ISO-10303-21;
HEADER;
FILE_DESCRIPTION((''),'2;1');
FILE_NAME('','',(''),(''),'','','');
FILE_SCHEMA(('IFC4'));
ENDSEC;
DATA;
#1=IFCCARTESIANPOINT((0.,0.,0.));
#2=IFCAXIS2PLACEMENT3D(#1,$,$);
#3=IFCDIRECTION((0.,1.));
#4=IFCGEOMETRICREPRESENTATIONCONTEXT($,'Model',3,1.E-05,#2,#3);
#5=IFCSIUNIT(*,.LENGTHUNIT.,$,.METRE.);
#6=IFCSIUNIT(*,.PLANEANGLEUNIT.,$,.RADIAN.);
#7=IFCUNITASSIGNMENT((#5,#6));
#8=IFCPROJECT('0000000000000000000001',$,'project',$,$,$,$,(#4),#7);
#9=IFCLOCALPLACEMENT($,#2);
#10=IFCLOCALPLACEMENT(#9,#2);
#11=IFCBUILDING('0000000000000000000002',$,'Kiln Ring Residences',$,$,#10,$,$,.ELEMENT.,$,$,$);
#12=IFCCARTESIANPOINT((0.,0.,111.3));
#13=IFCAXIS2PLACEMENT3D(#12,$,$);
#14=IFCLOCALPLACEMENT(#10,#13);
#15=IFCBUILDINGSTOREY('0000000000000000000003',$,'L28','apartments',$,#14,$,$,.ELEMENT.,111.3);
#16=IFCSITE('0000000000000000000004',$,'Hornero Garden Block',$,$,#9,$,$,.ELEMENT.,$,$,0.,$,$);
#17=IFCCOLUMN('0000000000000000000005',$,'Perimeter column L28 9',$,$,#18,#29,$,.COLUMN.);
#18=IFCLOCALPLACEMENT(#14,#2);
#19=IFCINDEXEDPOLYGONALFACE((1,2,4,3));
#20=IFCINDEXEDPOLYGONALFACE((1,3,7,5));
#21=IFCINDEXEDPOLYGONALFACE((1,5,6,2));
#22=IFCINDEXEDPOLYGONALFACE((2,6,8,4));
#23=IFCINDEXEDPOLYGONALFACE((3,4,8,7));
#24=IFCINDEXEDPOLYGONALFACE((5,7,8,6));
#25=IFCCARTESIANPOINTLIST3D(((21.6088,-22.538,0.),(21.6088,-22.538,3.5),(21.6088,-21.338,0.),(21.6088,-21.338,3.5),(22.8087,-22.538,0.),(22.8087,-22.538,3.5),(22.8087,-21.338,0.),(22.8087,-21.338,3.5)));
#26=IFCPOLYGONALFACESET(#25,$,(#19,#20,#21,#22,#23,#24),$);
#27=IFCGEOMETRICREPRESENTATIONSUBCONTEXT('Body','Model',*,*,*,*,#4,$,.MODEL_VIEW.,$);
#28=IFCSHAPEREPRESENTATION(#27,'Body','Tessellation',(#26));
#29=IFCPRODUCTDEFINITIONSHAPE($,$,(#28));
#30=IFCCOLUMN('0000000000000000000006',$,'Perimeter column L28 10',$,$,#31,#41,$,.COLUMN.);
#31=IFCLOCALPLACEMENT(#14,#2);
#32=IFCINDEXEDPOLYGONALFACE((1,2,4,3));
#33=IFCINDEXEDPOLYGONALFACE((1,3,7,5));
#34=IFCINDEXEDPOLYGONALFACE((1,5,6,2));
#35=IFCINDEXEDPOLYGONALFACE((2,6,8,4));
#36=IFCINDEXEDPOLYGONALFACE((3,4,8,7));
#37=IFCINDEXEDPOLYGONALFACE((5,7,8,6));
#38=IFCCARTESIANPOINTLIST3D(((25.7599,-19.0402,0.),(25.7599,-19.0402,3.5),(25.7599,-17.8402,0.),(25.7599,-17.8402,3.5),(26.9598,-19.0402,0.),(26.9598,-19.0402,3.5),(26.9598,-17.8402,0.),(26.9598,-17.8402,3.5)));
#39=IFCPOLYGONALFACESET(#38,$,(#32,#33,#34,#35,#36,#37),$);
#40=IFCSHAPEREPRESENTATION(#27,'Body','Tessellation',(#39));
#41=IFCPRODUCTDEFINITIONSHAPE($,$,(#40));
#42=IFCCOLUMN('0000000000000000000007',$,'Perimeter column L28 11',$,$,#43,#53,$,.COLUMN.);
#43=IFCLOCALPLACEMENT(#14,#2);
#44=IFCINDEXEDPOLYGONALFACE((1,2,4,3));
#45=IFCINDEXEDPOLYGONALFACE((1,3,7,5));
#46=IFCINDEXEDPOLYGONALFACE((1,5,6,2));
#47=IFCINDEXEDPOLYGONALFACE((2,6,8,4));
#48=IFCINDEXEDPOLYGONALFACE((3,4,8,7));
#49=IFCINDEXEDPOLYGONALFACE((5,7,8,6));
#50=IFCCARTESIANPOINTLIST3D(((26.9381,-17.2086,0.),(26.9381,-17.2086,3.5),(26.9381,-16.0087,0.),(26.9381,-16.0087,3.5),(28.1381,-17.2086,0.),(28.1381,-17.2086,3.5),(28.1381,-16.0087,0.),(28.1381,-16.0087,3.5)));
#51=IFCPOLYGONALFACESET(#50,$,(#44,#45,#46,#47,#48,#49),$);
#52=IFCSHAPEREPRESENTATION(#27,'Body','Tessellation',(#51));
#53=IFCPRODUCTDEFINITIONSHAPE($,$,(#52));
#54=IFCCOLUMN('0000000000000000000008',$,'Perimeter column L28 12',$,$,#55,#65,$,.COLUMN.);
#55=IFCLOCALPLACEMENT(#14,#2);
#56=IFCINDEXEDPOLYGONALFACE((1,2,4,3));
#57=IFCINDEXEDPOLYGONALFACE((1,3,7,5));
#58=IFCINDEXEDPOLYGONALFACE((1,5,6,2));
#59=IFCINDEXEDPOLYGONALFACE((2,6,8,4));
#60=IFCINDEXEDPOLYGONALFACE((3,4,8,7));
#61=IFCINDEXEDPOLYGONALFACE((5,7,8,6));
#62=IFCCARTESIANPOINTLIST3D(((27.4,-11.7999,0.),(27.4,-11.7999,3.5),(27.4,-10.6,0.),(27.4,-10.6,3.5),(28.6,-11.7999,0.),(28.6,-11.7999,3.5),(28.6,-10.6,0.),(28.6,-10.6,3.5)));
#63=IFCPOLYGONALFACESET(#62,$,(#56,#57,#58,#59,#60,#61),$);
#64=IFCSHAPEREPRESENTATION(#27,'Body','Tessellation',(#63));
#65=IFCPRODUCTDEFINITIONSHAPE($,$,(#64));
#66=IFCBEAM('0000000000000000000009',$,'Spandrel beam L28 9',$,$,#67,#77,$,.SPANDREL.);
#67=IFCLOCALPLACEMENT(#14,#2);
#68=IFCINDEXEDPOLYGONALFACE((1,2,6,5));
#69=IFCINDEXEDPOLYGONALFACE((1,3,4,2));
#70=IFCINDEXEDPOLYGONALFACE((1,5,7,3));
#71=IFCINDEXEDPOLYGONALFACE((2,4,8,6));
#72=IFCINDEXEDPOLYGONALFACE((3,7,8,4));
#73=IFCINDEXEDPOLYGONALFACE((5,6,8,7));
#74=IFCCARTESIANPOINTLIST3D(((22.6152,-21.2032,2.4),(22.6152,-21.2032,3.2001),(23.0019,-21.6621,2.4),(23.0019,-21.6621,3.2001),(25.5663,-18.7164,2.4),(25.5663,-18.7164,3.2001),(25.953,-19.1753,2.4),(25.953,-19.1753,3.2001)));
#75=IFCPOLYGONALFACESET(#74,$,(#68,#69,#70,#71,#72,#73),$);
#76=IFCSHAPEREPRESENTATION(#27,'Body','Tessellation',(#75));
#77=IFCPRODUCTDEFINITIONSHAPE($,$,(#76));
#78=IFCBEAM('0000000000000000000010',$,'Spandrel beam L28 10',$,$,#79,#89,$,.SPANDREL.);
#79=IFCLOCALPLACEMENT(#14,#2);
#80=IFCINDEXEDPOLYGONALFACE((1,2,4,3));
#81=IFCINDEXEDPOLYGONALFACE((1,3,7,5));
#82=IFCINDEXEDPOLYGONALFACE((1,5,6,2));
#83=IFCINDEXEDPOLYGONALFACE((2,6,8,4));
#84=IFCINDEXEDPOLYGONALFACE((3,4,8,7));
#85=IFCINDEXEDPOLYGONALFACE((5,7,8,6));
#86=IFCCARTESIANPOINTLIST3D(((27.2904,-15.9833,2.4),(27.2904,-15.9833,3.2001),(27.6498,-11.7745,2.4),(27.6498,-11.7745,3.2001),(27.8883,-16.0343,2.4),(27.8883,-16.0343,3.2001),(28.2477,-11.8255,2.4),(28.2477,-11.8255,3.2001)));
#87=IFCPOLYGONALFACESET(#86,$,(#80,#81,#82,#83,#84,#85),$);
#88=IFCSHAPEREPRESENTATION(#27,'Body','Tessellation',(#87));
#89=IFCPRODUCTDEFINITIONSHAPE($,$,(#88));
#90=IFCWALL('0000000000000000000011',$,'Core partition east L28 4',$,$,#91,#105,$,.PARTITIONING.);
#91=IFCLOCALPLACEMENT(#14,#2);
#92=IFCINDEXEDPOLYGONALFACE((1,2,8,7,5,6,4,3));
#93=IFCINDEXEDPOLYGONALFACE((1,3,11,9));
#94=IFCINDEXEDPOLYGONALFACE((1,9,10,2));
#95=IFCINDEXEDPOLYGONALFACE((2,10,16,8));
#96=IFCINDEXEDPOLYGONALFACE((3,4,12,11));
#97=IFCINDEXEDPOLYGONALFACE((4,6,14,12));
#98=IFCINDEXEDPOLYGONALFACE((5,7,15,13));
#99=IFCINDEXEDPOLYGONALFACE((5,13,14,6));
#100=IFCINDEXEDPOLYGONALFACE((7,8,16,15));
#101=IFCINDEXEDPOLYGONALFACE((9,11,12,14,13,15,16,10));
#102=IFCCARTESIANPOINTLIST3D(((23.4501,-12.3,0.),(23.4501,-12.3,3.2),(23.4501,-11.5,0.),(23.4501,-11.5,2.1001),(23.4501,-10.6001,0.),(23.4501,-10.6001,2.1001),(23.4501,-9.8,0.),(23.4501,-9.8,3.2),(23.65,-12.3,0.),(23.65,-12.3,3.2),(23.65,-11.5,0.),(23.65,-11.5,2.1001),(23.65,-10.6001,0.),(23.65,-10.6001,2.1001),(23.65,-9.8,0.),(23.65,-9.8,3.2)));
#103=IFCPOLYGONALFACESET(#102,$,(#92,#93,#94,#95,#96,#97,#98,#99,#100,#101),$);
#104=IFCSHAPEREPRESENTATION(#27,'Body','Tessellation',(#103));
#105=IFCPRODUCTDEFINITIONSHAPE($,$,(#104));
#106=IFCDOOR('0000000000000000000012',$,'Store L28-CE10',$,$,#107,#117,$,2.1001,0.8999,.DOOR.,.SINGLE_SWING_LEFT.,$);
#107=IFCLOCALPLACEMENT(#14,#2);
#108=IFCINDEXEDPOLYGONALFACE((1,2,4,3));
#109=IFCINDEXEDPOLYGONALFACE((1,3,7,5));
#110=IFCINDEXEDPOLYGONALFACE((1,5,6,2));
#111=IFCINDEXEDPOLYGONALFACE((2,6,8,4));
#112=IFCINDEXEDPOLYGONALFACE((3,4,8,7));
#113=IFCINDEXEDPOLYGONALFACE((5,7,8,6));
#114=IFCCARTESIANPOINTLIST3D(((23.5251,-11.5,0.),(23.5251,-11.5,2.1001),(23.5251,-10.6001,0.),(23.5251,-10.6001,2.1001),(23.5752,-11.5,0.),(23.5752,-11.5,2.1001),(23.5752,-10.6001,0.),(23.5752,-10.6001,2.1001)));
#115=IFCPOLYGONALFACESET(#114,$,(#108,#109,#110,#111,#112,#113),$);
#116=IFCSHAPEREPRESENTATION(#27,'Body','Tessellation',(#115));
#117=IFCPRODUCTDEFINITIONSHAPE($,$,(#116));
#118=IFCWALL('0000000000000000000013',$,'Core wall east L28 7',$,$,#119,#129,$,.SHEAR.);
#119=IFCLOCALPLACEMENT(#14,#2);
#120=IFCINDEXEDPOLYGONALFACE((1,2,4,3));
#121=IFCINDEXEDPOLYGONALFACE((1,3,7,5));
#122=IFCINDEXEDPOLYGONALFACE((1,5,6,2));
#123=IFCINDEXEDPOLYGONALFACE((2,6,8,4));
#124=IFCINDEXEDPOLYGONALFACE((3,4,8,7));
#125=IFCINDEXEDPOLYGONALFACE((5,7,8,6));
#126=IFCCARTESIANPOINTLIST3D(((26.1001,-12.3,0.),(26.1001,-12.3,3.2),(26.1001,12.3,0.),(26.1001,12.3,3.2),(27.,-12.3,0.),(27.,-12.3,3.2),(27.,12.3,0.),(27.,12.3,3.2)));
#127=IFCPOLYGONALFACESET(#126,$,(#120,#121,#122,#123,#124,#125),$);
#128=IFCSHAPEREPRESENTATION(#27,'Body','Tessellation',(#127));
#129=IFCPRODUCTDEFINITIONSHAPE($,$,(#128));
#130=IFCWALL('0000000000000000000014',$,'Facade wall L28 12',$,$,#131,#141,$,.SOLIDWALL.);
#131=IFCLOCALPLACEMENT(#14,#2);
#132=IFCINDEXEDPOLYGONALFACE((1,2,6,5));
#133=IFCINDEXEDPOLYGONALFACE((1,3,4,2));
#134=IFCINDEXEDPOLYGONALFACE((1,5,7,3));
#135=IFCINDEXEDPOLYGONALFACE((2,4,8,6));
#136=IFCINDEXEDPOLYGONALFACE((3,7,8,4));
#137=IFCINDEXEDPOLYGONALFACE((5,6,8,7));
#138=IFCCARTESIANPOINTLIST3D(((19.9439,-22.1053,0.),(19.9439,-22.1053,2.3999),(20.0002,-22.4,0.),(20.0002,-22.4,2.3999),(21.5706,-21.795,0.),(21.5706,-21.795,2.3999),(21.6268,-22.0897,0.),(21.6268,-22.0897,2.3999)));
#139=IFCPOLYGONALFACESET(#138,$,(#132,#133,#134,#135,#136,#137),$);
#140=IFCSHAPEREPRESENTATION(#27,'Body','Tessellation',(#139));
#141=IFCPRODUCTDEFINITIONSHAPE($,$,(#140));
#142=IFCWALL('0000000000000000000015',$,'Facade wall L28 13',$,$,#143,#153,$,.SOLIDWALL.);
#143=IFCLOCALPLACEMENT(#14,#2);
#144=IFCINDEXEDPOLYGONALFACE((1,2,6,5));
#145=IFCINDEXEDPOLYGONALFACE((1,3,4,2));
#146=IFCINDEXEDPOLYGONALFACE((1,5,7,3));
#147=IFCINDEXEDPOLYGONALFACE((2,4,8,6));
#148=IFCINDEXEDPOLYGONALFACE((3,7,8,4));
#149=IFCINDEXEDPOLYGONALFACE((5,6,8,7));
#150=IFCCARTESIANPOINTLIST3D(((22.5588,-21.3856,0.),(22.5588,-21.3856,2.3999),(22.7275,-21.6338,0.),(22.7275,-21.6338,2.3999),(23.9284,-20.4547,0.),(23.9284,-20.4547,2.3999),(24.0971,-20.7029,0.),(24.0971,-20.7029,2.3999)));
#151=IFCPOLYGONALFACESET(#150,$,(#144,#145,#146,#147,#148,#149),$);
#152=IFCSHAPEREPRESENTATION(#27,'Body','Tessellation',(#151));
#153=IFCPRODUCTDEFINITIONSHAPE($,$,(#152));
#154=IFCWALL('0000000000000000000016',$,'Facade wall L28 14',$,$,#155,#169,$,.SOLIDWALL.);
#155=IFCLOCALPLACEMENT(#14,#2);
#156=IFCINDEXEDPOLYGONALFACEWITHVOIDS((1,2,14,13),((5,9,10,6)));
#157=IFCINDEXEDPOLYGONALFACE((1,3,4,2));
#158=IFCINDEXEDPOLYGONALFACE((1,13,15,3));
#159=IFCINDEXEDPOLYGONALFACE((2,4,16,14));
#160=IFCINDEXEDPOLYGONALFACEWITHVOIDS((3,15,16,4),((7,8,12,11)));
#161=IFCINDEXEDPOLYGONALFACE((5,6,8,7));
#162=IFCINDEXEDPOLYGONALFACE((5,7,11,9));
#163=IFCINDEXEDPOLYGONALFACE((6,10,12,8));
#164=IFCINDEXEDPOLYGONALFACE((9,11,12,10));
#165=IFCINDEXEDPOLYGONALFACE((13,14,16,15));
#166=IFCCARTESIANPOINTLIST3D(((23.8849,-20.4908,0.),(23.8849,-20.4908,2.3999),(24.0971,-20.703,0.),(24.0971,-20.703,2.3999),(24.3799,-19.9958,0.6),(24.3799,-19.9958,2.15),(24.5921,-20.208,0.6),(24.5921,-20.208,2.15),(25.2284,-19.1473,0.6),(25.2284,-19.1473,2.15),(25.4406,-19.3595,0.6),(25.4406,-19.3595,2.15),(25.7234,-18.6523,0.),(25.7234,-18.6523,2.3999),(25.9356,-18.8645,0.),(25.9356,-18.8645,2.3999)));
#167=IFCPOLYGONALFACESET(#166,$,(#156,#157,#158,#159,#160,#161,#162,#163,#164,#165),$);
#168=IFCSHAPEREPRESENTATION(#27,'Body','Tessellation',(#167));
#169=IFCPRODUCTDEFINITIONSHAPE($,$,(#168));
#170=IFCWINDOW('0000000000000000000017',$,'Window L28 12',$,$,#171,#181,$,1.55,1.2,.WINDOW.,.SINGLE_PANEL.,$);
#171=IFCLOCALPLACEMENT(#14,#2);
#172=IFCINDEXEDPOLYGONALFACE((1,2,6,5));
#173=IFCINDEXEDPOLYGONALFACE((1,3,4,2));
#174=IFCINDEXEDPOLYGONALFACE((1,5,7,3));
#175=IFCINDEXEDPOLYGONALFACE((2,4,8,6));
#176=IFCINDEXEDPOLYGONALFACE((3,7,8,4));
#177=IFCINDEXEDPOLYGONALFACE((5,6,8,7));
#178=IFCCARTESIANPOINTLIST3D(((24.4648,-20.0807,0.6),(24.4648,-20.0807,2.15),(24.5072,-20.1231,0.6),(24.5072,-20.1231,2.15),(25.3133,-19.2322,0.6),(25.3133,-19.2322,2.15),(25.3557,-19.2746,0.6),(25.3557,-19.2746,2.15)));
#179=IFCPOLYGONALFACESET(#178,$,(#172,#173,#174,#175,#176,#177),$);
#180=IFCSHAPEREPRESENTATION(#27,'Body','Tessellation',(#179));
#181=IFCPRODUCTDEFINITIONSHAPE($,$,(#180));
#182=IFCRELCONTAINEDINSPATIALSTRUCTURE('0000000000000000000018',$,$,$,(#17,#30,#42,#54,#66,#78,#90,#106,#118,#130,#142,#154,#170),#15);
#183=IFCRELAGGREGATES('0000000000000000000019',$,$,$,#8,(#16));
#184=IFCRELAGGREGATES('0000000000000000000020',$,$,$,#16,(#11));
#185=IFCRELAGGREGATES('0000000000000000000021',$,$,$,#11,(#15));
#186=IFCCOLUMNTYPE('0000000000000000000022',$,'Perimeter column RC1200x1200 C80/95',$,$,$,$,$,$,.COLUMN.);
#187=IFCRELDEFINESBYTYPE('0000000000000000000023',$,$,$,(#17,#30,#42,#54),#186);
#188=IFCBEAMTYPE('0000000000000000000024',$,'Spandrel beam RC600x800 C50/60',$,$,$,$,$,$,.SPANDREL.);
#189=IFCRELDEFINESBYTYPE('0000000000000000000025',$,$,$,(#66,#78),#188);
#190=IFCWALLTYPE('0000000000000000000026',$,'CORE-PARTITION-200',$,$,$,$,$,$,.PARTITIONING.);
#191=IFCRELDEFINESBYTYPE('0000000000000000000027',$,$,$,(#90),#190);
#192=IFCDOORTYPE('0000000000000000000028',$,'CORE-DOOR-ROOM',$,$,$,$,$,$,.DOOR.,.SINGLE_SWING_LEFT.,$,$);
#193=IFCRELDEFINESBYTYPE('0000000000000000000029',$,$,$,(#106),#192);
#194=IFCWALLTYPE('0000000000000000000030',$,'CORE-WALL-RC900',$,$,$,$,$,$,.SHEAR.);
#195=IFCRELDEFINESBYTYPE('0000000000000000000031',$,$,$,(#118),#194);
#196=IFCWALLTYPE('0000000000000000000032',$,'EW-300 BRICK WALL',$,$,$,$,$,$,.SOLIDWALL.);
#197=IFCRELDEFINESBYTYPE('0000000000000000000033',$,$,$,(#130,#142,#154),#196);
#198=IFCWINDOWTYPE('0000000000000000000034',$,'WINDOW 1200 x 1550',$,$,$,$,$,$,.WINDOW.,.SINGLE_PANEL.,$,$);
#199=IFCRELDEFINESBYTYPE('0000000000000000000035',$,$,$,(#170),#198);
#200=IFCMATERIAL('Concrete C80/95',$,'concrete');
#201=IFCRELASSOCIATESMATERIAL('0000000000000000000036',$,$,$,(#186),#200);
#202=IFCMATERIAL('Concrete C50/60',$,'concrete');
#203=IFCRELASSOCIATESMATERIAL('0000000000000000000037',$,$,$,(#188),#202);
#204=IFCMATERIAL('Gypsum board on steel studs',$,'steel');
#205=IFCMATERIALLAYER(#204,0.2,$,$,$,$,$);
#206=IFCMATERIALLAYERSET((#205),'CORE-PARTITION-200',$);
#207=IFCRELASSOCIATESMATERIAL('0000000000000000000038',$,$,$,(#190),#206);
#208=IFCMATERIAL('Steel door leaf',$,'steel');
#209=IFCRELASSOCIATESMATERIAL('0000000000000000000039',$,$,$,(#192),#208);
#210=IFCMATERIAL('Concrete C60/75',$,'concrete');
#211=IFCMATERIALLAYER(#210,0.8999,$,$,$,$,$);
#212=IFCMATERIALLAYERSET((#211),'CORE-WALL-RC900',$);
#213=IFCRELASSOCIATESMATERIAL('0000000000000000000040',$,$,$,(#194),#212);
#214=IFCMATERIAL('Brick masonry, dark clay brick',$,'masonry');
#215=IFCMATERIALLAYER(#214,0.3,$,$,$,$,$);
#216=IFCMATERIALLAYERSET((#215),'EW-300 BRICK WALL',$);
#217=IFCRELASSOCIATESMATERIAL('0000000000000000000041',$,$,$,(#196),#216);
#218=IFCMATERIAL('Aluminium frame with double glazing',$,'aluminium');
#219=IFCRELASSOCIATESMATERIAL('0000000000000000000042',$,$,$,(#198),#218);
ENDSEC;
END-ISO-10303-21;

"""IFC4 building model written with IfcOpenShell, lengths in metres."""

from ifc_helpers import new_model, si_unit, direction, frame, frame_2d, origin, origin_2d, place, context, subcontext, project, spatial, rectangle, extrude, material, layer, layer_set, material_profile, profile_set, type_object, element, fill, save


model = new_model("IFC4")

# Units and contexts
model_context = context("Model", 3, precision=1e-05, world=origin(), true_north=direction((0.0, 1.0)))
body_context = subcontext(model_context, "Body", "Model", "MODEL_VIEW")
ifc_project = project(units=[si_unit("LENGTHUNIT", "METRE"), si_unit("PLANEANGLEUNIT", "RADIAN")], contexts=[model_context])

# Site, building, storey
site_placement = place(None, origin())
site = spatial("IfcSite", under=ifc_project, at=site_placement, Name="Hornero Garden Block", CompositionType="ELEMENT", RefElevation=0.0)
building_placement = place(site_placement, origin())
building = spatial("IfcBuilding", under=site, at=building_placement, Name="Kiln Ring Residences", CompositionType="ELEMENT")
storey_placement = place(building_placement, frame((0.0, 0.0, 111.3)))
storey = spatial("IfcBuildingStorey", under=building, at=storey_placement, Name="L28", Description="apartments", CompositionType="ELEMENT", Elevation=111.3)

# Columns
ifc_material_1 = material(Name="Concrete C80/95", Category="concrete")
ifc_material_profile_1 = material_profile(ifc_material_1, rectangle(XDim=1.2, YDim=1.2, at=origin_2d()), Name="RC1200x1200")
ifc_profile_set_1 = profile_set([ifc_material_profile_1], Name="Concrete C80/95")
column_type = type_object("IfcColumnType", Name="Perimeter column RC1200x1200 C80/95", PredefinedType="COLUMN", material=ifc_profile_set_1)
for number, where, z_axis, x_axis, name in (
    (1, (22.2087, -21.938, 0.0), (0.0, 0.0, 1.0), (1.0, 0.0, 0.0), "Perimeter column L28 9"),
    (2, (26.3599, -18.4402, 0.0), (0.0, 0.0, 1.0), (1.0, 0.0, 0.0), "Perimeter column L28 10"),
    (3, (27.5381, -16.6086, 0.0), (0.0, 0.0, 1.0), (1.0, 0.0, 0.0), "Perimeter column L28 11"),
    (4, (28.0, -11.2, 0.0), (0.0, 0.0, 1.0), (1.0, 0.0, 0.0), "Perimeter column L28 12"),
):
    element("IfcColumn", number, at=place(storey_placement, frame(where, z_axis=z_axis, x_axis=x_axis)), inside=storey, type_object=column_type, Name=name, PredefinedType="COLUMN", context=body_context, shape_type="SweptSolid", body=[
        extrude(rectangle(XDim=1.2, YDim=1.2, at=origin_2d()), origin(), (0.0, 0.0, 1.0), 3.5),
    ])

# Beams
ifc_material_2 = material(Name="Concrete C50/60", Category="concrete")
ifc_material_profile_2 = material_profile(ifc_material_2, rectangle(XDim=0.6001, YDim=0.8, at=origin_2d()), Name="RC600x800")
ifc_profile_set_2 = profile_set([ifc_material_profile_2], Name="Concrete C50/60")
beam_type = type_object("IfcBeamType", Name="Spandrel beam RC600x800 C50/60", PredefinedType="SPANDREL", material=ifc_profile_set_2)
beam_1_placement = place(storey_placement, frame((22.8086, -21.4326, 2.8), z_axis=(0.764704, 0.644381, 0.0), x_axis=(-0.644381, 0.764704, 0.0)))
element("IfcBeam", 5, at=beam_1_placement, inside=storey, type_object=beam_type, Name="Spandrel beam L28 9", PredefinedType="SPANDREL", context=body_context, shape_type="SweptSolid", body=[
    extrude(rectangle(XDim=0.6001, YDim=0.8, at=origin_2d()), origin(), (0.0, 0.0, 1.0), 3.8591),
])
beam_2_placement = place(storey_placement, frame((27.5894, -16.0088, 2.8), z_axis=(0.085078, 0.996374, 0.0), x_axis=(-0.996374, 0.085078, 0.0)))
element("IfcBeam", 6, at=beam_2_placement, inside=storey, type_object=beam_type, Name="Spandrel beam L28 10", PredefinedType="SPANDREL", context=body_context, shape_type="SweptSolid", body=[
    extrude(rectangle(XDim=0.6001, YDim=0.8, at=origin_2d()), origin(), (0.0, 0.0, 1.0), 4.2241),
])

# Wall, opening, door
ifc_material_3 = material(Name="Gypsum board on steel studs", Category="steel")
ifc_layer_1 = layer(ifc_material_3, 0.2)
ifc_layer_set_1 = layer_set([ifc_layer_1], Name="CORE-PARTITION-200")
wall_type_1 = type_object("IfcWallType", Name="CORE-PARTITION-200", PredefinedType="PARTITIONING", material=ifc_layer_set_1)
wall_1_placement = place(storey_placement, frame((23.55, -12.3, 0.0), z_axis=(0.0, 0.0, 1.0), x_axis=(0.0, 1.0, 0.0)))
wall_1 = element("IfcWall", 7, at=wall_1_placement, inside=storey, type_object=wall_type_1, Name="Core partition east L28 4", PredefinedType="PARTITIONING", context=body_context, shape_type="SweptSolid", body=[
    extrude(rectangle(XDim=2.5, YDim=0.2, at=frame_2d((1.25, 0.0))), origin(), (0.0, 0.0, 1.0), 3.2),
])
opening_1_placement = place(wall_1_placement, frame((0.8, 0.0, 0.0)))
opening_1 = element("IfcOpeningElement", 8, at=opening_1_placement, cuts=wall_1, PredefinedType="OPENING", context=body_context, shape_type="SweptSolid", body=[
    extrude(rectangle(XDim=0.8999, YDim=2.1001, at=frame_2d((0.45, 1.05))), frame((0.0, 0.1099, 0.0), z_axis=(0.0, -1.0, 0.0), x_axis=(1.0, 0.0, 0.0)), (0.0, 0.0, 1.0), 0.22),
])
ifc_material_4 = material(Name="Steel door leaf", Category="steel")
door_type_1 = type_object("IfcDoorType", Name="CORE-DOOR-ROOM", OperationType="SINGLE_SWING_LEFT", PredefinedType="DOOR", material=ifc_material_4)
door_1_placement = place(opening_1_placement, origin())
door_1 = element("IfcDoor", 9, at=door_1_placement, inside=storey, type_object=door_type_1, Name="Store L28-CE10", OperationType="SINGLE_SWING_LEFT", OverallHeight=2.1001, OverallWidth=0.8999, PredefinedType="DOOR", context=body_context, shape_type="SweptSolid", body=[
    extrude(rectangle(XDim=0.8999, YDim=2.1001, at=frame_2d((0.45, 1.05))), frame((0.0, 0.0249, 0.0), z_axis=(0.0, -1.0, 0.0), x_axis=(1.0, 0.0, 0.0)), (0.0, 0.0, 1.0), 0.05),
])
fill(opening_1, door_1)

# Walls
ifc_material_5 = material(Name="Concrete C60/75", Category="concrete")
ifc_layer_2 = layer(ifc_material_5, 0.8999)
ifc_layer_set_2 = layer_set([ifc_layer_2], Name="CORE-WALL-RC900")
wall_type_2 = type_object("IfcWallType", Name="CORE-WALL-RC900", PredefinedType="SHEAR", material=ifc_layer_set_2)
wall_2_placement = place(storey_placement, frame((26.55, -12.3, 0.0), z_axis=(0.0, 0.0, 1.0), x_axis=(0.0, 1.0, 0.0)))
element("IfcWall", 10, at=wall_2_placement, inside=storey, type_object=wall_type_2, Name="Core wall east L28 7", PredefinedType="SHEAR", context=body_context, shape_type="SweptSolid", body=[
    extrude(rectangle(XDim=24.6001, YDim=0.8999, at=frame_2d((12.3, 0.0))), origin(), (0.0, 0.0, 1.0), 3.2),
])
ifc_material_6 = material(Name="Brick masonry, dark clay brick", Category="masonry")
ifc_layer_3 = layer(ifc_material_6, 0.3)
ifc_layer_set_3 = layer_set([ifc_layer_3], Name="EW-300 BRICK WALL")
wall_type_3 = type_object("IfcWallType", Name="EW-300 BRICK WALL", PredefinedType="SOLIDWALL", material=ifc_layer_set_3)
for number, where, z_axis, x_axis, name in (
    (11, (19.9719, -22.2527, 0.0), (0.0, 0.0, 1.0), (0.982288, 0.187376, 0.0), "Facade wall L28 12"),
    (12, (22.6431, -21.5098, 0.0), (0.0, 0.0, 1.0), (0.82705, 0.562129, 0.0), "Facade wall L28 13"),
):
    element("IfcWall", number, at=place(storey_placement, frame(where, z_axis=z_axis, x_axis=x_axis)), inside=storey, type_object=wall_type_3, Name=name, PredefinedType="SOLIDWALL", context=body_context, shape_type="SweptSolid", body=[
        extrude(rectangle(XDim=1.656, YDim=0.3, at=frame_2d((0.8281, 0.0))), origin(), (0.0, 0.0, 1.0), 2.3999),
    ])

# Wall, opening, window
wall_3_placement = place(storey_placement, frame((23.991, -20.5969, 0.0), z_axis=(0.0, 0.0, 1.0), x_axis=(0.707107, 0.707107, 0.0)))
wall_3 = element("IfcWall", 13, at=wall_3_placement, inside=storey, type_object=wall_type_3, Name="Facade wall L28 14", PredefinedType="SOLIDWALL", context=body_context, shape_type="SweptSolid", body=[
    extrude(rectangle(XDim=2.6001, YDim=0.3, at=frame_2d((1.3, 0.0))), origin(), (0.0, 0.0, 1.0), 2.3999),
])
opening_2_placement = place(wall_3_placement, frame((0.7, 0.0, 0.6001)))
opening_2 = element("IfcOpeningElement", 14, at=opening_2_placement, cuts=wall_3, PredefinedType="OPENING", context=body_context, shape_type="SweptSolid", body=[
    extrude(rectangle(XDim=1.2, YDim=1.55, at=frame_2d((0.6001, 0.7749))), frame((0.0, 0.1599, 0.0), z_axis=(0.0, -1.0, 0.0), x_axis=(1.0, 0.0, 0.0)), (0.0, 0.0, 1.0), 0.3201),
])
ifc_material_7 = material(Name="Aluminium frame with double glazing", Category="aluminium")
window_type = type_object("IfcWindowType", Name="WINDOW 1200 x 1550", PartitioningType="SINGLE_PANEL", PredefinedType="WINDOW", material=ifc_material_7)
window_placement = place(opening_2_placement, origin())
window = element("IfcWindow", 15, at=window_placement, inside=storey, type_object=window_type, Name="Window L28 12", OverallHeight=1.55, OverallWidth=1.2, PartitioningType="SINGLE_PANEL", PredefinedType="WINDOW", context=body_context, shape_type="SweptSolid", body=[
    extrude(rectangle(XDim=1.2, YDim=1.55, at=frame_2d((0.6001, 0.7749))), frame((0.0, 0.03, 0.0), z_axis=(0.0, -1.0, 0.0), x_axis=(1.0, 0.0, 0.0)), (0.0, 0.0, 1.0), 0.0601),
])
fill(opening_2, window)

save(model, "model.ifc")
